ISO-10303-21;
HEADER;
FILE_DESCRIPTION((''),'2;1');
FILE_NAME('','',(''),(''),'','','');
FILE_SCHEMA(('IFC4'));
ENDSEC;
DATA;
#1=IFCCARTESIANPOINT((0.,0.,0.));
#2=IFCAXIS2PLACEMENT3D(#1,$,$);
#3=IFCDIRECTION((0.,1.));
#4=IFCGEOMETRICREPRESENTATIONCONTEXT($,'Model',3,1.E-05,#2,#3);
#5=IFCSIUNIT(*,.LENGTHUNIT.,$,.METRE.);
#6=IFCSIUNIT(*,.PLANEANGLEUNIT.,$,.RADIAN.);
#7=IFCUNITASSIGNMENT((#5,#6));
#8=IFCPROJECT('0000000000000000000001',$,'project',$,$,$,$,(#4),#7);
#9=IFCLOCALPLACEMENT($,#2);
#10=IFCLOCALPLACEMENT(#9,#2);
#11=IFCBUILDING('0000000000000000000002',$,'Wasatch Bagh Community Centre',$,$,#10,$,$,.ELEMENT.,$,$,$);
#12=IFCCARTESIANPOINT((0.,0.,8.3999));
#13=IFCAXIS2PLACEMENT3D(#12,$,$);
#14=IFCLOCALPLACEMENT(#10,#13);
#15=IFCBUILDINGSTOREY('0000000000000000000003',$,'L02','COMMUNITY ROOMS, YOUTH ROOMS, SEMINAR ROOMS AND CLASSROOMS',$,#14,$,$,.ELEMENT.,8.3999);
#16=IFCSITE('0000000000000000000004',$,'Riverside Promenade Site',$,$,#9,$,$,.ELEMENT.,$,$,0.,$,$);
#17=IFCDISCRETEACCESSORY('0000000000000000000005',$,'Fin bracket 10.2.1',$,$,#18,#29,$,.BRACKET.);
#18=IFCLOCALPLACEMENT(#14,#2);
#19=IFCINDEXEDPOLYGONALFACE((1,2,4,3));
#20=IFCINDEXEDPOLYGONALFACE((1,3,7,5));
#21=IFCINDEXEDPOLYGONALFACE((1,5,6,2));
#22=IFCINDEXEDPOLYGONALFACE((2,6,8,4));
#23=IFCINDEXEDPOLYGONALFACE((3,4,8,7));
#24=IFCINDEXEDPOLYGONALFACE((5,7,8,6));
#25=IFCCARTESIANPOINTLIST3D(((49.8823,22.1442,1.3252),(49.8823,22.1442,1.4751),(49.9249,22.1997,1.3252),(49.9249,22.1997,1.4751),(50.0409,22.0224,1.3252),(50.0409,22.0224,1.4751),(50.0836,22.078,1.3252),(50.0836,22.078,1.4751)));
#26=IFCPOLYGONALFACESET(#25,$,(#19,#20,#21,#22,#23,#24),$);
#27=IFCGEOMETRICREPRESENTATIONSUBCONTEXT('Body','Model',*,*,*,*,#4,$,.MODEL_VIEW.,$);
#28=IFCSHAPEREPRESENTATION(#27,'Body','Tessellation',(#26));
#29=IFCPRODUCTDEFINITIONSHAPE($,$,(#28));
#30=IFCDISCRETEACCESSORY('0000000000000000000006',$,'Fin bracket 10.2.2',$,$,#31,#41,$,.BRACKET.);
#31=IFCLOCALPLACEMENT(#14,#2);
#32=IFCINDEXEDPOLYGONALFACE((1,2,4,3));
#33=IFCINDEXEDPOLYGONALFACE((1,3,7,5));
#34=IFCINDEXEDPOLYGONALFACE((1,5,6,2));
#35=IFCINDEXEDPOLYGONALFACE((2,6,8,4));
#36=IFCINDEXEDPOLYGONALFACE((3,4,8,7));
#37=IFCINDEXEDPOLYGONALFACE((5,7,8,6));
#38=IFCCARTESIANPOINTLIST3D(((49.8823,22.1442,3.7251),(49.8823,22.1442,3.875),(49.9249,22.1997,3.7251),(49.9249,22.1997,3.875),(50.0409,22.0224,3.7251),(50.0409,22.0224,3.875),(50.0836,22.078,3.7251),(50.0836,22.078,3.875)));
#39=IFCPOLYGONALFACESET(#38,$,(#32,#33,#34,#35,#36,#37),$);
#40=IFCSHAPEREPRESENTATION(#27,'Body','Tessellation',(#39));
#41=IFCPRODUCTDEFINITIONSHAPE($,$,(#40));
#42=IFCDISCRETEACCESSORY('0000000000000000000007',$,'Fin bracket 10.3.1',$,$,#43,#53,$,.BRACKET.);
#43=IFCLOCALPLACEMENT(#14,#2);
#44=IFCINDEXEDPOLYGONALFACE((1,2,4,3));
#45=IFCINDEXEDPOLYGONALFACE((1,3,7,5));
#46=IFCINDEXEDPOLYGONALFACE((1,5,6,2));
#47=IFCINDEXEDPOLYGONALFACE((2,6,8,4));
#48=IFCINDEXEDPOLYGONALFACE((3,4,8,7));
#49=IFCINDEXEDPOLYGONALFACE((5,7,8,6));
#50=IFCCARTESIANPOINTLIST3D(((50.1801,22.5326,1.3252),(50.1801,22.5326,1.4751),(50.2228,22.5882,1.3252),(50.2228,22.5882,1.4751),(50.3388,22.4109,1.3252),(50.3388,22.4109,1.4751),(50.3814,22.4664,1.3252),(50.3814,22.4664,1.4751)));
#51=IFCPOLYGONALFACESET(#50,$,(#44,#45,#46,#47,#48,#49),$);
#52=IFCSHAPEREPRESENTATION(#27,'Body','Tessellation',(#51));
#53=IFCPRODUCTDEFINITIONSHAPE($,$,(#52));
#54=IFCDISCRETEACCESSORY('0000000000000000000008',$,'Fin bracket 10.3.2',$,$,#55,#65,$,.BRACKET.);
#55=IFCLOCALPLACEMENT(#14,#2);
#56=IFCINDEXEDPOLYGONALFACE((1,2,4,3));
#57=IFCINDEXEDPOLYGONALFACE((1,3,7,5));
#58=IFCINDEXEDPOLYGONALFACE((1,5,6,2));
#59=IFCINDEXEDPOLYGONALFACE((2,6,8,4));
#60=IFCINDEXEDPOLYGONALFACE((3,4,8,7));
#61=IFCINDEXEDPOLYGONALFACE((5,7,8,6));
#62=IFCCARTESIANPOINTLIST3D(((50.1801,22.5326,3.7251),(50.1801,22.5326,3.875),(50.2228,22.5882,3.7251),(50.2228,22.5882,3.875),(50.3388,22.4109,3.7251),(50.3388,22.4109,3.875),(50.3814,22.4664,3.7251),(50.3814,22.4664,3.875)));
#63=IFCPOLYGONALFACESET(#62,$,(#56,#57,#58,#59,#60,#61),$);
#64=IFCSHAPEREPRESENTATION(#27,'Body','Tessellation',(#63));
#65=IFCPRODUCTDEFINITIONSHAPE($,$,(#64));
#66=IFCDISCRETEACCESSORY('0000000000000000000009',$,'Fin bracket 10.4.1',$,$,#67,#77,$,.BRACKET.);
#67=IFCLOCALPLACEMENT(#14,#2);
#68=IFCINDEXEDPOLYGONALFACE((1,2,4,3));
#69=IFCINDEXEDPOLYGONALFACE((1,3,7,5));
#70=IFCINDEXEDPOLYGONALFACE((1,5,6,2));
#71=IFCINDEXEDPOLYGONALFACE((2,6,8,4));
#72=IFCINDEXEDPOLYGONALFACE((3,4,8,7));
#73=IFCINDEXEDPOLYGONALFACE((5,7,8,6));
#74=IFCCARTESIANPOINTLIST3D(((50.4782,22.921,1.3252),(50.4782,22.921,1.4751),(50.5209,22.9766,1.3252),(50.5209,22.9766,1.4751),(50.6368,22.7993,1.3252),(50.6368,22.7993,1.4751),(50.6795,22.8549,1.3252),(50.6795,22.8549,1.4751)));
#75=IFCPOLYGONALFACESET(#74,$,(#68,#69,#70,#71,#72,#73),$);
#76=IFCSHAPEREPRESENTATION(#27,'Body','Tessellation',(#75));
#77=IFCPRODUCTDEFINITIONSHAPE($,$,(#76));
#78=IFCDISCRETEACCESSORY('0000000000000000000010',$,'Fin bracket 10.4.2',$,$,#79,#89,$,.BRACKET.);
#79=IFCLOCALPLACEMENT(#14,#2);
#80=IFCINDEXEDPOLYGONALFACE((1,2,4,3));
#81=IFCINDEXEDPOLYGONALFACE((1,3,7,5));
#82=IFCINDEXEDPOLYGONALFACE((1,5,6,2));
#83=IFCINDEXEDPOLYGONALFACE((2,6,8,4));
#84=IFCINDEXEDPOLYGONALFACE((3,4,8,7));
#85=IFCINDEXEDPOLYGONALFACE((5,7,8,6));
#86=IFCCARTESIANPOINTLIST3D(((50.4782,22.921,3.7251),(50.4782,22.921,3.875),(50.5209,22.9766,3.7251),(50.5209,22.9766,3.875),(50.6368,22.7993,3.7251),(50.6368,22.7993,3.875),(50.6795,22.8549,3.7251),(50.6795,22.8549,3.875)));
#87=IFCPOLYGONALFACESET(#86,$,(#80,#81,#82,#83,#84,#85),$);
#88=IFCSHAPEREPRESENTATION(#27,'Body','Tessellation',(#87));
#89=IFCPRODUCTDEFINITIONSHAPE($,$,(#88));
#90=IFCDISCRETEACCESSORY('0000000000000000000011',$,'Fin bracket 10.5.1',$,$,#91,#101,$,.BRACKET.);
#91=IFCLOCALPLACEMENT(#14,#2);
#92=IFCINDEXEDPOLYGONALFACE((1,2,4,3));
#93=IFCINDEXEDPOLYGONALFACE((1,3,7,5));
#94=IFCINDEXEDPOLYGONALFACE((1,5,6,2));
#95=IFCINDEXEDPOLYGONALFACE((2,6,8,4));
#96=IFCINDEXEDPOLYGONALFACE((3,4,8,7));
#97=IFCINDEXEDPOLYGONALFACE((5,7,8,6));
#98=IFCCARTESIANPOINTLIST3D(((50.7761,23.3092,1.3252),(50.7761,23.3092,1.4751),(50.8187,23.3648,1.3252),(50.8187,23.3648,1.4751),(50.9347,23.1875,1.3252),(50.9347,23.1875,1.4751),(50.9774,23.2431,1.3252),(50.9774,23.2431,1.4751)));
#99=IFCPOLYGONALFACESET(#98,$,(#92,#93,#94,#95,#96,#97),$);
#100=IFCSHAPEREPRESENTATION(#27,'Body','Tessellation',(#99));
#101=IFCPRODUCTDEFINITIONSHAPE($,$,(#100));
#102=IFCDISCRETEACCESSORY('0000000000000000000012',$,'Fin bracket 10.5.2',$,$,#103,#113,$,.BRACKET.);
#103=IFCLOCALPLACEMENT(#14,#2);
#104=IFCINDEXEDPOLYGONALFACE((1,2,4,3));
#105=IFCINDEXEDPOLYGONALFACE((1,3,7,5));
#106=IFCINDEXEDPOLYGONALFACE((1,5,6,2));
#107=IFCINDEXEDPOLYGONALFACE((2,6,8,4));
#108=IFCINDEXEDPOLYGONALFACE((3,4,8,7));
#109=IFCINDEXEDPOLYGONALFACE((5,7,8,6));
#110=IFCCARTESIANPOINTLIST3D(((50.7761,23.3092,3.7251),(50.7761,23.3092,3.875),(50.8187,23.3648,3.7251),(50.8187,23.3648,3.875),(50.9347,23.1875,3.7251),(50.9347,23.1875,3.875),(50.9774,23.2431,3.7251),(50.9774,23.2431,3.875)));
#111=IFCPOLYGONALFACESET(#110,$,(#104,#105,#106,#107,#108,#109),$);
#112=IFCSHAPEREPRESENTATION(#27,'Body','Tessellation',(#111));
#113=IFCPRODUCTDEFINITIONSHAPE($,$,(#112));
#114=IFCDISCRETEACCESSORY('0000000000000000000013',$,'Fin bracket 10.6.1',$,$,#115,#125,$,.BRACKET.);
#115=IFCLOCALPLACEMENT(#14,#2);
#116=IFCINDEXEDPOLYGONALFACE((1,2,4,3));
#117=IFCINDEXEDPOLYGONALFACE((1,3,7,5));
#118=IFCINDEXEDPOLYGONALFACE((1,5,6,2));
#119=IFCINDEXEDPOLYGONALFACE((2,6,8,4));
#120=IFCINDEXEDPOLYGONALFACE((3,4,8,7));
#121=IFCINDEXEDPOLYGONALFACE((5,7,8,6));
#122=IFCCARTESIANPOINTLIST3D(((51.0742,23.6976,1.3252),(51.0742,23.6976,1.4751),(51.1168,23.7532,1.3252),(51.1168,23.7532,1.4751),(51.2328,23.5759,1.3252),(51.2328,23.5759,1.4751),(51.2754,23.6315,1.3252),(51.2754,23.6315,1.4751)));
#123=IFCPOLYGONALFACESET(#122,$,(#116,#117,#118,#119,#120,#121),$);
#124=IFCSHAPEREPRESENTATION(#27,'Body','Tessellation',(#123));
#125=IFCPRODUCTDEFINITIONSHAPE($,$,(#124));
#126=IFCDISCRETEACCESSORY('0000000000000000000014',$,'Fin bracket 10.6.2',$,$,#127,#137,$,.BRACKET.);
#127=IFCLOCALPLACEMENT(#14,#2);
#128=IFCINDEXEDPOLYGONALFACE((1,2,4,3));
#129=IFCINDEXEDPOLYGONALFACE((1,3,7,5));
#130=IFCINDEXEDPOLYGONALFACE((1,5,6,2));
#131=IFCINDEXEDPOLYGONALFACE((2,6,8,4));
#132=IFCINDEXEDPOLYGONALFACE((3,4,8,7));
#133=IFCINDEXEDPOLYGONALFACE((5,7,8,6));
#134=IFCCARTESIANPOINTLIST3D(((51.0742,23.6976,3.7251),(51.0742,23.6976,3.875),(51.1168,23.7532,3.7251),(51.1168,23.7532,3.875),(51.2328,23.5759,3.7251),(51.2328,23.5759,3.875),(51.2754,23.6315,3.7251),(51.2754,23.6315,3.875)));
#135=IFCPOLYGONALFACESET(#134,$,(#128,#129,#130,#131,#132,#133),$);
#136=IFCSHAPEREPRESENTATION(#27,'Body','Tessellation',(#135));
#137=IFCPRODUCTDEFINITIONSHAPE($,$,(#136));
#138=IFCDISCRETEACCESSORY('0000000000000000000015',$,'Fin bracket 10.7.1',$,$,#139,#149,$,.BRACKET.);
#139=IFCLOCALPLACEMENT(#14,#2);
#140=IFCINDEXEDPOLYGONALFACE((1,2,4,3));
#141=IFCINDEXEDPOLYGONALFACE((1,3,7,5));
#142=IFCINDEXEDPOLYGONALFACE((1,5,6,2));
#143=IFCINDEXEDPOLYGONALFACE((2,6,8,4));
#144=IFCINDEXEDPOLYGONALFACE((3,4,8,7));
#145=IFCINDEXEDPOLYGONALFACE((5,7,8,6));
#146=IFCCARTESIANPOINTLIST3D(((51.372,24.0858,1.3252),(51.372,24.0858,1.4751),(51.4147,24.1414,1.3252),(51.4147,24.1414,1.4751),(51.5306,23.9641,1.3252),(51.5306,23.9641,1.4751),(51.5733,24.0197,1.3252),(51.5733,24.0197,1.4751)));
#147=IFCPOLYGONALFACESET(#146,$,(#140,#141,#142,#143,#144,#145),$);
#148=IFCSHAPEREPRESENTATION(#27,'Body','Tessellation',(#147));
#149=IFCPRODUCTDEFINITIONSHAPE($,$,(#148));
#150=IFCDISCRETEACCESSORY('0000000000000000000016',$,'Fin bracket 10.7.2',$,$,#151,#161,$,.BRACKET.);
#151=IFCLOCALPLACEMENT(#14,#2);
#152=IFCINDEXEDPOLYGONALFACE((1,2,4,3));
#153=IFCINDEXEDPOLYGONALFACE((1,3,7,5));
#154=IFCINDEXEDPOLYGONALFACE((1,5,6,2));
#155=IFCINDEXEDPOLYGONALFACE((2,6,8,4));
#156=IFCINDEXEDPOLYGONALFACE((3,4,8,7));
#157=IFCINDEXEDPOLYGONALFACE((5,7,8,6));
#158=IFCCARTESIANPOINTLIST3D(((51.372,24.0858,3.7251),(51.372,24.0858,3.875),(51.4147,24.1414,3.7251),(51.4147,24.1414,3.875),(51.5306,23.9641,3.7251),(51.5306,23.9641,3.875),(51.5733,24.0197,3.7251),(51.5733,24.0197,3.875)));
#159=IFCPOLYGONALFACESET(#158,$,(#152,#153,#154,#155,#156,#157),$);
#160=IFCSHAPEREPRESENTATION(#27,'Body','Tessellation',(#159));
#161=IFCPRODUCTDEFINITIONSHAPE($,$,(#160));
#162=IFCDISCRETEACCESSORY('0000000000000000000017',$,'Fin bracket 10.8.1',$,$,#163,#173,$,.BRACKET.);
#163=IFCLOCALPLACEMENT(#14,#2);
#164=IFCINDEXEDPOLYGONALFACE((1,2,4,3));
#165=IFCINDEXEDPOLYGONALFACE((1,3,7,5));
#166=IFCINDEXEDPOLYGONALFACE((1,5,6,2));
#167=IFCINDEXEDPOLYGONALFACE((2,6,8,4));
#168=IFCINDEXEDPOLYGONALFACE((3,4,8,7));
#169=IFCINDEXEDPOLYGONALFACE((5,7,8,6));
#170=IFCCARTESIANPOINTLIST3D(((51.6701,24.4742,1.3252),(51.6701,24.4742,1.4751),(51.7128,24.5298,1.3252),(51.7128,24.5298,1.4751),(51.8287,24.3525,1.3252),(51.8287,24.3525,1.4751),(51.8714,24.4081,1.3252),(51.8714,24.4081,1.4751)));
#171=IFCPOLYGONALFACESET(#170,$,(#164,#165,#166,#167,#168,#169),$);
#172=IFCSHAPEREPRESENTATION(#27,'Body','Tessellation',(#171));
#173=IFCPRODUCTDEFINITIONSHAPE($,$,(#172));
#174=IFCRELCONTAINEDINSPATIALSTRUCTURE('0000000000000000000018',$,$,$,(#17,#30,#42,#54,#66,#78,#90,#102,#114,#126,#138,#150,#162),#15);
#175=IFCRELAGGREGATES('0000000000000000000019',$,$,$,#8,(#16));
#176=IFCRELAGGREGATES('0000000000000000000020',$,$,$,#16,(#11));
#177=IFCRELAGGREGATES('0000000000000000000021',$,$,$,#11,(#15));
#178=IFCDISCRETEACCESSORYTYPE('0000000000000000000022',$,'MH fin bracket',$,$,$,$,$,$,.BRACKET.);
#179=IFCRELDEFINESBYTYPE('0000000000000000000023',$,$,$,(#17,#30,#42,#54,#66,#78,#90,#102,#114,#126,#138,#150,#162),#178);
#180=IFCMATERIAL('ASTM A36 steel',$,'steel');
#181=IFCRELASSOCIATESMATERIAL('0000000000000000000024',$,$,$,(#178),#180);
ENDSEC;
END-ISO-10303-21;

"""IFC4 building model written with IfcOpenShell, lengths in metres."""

from ifc_helpers import new_model, si_unit, direction, frame, origin, origin_2d, place, context, subcontext, project, spatial, rectangle, extrude, material, type_object, element, save


model = new_model("IFC4")

# Units and contexts
model_context = context("Model", 3, precision=1e-05, world=origin(), true_north=direction((0.0, 1.0)))
body_context = subcontext(model_context, "Body", "Model", "MODEL_VIEW")
ifc_project = project(units=[si_unit("LENGTHUNIT", "METRE"), si_unit("PLANEANGLEUNIT", "RADIAN")], contexts=[model_context])

# Site, building, storey
site_placement = place(None, origin())
site = spatial("IfcSite", under=ifc_project, at=site_placement, Name="Riverside Promenade Site", CompositionType="ELEMENT", RefElevation=0.0)
building_placement = place(site_placement, origin())
building = spatial("IfcBuilding", under=site, at=building_placement, Name="Wasatch Bagh Community Centre", CompositionType="ELEMENT")
storey_placement = place(building_placement, frame((0.0, 0.0, 8.3999)))
storey = spatial("IfcBuildingStorey", under=building, at=storey_placement, Name="L02", Description="COMMUNITY ROOMS, YOUTH ROOMS, SEMINAR ROOMS AND CLASSROOMS", CompositionType="ELEMENT", Elevation=8.3999)

# Discrete accessories
ifc_material_1 = material(Name="ASTM A36 steel", Category="steel")
discrete_accessory_type = type_object("IfcDiscreteAccessoryType", Name="MH fin bracket", PredefinedType="BRACKET", material=ifc_material_1)
for number, where, z_axis, x_axis, name in (
    (1, (49.9829, 22.1111, 1.3252), (0.0, 0.0, 1.0), (0.608761, 0.793353, 0.0), "Fin bracket 10.2.1"),
    (2, (49.9829, 22.1111, 3.7251), (0.0, 0.0, 1.0), (0.608761, 0.793353, 0.0), "Fin bracket 10.2.2"),
    (3, (50.2808, 22.4995, 1.3252), (0.0, 0.0, 1.0), (0.608761, 0.793353, 0.0), "Fin bracket 10.3.1"),
    (4, (50.2808, 22.4995, 3.7251), (0.0, 0.0, 1.0), (0.608761, 0.793353, 0.0), "Fin bracket 10.3.2"),
    (5, (50.5789, 22.8879, 1.3252), (0.0, 0.0, 1.0), (0.608761, 0.793353, 0.0), "Fin bracket 10.4.1"),
    (6, (50.5789, 22.8879, 3.7251), (0.0, 0.0, 1.0), (0.608761, 0.793353, 0.0), "Fin bracket 10.4.2"),
    (7, (50.8767, 23.2761, 1.3252), (0.0, 0.0, 1.0), (0.608761, 0.793353, 0.0), "Fin bracket 10.5.1"),
    (8, (50.8767, 23.2761, 3.7251), (0.0, 0.0, 1.0), (0.608761, 0.793353, 0.0), "Fin bracket 10.5.2"),
    (9, (51.1748, 23.6646, 1.3252), (0.0, 0.0, 1.0), (0.608761, 0.793353, 0.0), "Fin bracket 10.6.1"),
    (10, (51.1748, 23.6646, 3.7251), (0.0, 0.0, 1.0), (0.608761, 0.793353, 0.0), "Fin bracket 10.6.2"),
    (11, (51.4727, 24.0527, 1.3252), (0.0, 0.0, 1.0), (0.608761, 0.793353, 0.0), "Fin bracket 10.7.1"),
    (12, (51.4727, 24.0527, 3.7251), (0.0, 0.0, 1.0), (0.608761, 0.793353, 0.0), "Fin bracket 10.7.2"),
    (13, (51.7708, 24.4412, 1.3252), (0.0, 0.0, 1.0), (0.608761, 0.793353, 0.0), "Fin bracket 10.8.1"),
):
    element("IfcDiscreteAccessory", number, at=place(storey_placement, frame(where, z_axis=z_axis, x_axis=x_axis)), inside=storey, type_object=discrete_accessory_type, Name=name, PredefinedType="BRACKET", context=body_context, shape_type="SweptSolid", body=[
        extrude(rectangle(XDim=0.0701, YDim=0.2, at=origin_2d()), origin(), (0.0, 0.0, 1.0), 0.1499),
    ])

save(model, "model.ifc")
